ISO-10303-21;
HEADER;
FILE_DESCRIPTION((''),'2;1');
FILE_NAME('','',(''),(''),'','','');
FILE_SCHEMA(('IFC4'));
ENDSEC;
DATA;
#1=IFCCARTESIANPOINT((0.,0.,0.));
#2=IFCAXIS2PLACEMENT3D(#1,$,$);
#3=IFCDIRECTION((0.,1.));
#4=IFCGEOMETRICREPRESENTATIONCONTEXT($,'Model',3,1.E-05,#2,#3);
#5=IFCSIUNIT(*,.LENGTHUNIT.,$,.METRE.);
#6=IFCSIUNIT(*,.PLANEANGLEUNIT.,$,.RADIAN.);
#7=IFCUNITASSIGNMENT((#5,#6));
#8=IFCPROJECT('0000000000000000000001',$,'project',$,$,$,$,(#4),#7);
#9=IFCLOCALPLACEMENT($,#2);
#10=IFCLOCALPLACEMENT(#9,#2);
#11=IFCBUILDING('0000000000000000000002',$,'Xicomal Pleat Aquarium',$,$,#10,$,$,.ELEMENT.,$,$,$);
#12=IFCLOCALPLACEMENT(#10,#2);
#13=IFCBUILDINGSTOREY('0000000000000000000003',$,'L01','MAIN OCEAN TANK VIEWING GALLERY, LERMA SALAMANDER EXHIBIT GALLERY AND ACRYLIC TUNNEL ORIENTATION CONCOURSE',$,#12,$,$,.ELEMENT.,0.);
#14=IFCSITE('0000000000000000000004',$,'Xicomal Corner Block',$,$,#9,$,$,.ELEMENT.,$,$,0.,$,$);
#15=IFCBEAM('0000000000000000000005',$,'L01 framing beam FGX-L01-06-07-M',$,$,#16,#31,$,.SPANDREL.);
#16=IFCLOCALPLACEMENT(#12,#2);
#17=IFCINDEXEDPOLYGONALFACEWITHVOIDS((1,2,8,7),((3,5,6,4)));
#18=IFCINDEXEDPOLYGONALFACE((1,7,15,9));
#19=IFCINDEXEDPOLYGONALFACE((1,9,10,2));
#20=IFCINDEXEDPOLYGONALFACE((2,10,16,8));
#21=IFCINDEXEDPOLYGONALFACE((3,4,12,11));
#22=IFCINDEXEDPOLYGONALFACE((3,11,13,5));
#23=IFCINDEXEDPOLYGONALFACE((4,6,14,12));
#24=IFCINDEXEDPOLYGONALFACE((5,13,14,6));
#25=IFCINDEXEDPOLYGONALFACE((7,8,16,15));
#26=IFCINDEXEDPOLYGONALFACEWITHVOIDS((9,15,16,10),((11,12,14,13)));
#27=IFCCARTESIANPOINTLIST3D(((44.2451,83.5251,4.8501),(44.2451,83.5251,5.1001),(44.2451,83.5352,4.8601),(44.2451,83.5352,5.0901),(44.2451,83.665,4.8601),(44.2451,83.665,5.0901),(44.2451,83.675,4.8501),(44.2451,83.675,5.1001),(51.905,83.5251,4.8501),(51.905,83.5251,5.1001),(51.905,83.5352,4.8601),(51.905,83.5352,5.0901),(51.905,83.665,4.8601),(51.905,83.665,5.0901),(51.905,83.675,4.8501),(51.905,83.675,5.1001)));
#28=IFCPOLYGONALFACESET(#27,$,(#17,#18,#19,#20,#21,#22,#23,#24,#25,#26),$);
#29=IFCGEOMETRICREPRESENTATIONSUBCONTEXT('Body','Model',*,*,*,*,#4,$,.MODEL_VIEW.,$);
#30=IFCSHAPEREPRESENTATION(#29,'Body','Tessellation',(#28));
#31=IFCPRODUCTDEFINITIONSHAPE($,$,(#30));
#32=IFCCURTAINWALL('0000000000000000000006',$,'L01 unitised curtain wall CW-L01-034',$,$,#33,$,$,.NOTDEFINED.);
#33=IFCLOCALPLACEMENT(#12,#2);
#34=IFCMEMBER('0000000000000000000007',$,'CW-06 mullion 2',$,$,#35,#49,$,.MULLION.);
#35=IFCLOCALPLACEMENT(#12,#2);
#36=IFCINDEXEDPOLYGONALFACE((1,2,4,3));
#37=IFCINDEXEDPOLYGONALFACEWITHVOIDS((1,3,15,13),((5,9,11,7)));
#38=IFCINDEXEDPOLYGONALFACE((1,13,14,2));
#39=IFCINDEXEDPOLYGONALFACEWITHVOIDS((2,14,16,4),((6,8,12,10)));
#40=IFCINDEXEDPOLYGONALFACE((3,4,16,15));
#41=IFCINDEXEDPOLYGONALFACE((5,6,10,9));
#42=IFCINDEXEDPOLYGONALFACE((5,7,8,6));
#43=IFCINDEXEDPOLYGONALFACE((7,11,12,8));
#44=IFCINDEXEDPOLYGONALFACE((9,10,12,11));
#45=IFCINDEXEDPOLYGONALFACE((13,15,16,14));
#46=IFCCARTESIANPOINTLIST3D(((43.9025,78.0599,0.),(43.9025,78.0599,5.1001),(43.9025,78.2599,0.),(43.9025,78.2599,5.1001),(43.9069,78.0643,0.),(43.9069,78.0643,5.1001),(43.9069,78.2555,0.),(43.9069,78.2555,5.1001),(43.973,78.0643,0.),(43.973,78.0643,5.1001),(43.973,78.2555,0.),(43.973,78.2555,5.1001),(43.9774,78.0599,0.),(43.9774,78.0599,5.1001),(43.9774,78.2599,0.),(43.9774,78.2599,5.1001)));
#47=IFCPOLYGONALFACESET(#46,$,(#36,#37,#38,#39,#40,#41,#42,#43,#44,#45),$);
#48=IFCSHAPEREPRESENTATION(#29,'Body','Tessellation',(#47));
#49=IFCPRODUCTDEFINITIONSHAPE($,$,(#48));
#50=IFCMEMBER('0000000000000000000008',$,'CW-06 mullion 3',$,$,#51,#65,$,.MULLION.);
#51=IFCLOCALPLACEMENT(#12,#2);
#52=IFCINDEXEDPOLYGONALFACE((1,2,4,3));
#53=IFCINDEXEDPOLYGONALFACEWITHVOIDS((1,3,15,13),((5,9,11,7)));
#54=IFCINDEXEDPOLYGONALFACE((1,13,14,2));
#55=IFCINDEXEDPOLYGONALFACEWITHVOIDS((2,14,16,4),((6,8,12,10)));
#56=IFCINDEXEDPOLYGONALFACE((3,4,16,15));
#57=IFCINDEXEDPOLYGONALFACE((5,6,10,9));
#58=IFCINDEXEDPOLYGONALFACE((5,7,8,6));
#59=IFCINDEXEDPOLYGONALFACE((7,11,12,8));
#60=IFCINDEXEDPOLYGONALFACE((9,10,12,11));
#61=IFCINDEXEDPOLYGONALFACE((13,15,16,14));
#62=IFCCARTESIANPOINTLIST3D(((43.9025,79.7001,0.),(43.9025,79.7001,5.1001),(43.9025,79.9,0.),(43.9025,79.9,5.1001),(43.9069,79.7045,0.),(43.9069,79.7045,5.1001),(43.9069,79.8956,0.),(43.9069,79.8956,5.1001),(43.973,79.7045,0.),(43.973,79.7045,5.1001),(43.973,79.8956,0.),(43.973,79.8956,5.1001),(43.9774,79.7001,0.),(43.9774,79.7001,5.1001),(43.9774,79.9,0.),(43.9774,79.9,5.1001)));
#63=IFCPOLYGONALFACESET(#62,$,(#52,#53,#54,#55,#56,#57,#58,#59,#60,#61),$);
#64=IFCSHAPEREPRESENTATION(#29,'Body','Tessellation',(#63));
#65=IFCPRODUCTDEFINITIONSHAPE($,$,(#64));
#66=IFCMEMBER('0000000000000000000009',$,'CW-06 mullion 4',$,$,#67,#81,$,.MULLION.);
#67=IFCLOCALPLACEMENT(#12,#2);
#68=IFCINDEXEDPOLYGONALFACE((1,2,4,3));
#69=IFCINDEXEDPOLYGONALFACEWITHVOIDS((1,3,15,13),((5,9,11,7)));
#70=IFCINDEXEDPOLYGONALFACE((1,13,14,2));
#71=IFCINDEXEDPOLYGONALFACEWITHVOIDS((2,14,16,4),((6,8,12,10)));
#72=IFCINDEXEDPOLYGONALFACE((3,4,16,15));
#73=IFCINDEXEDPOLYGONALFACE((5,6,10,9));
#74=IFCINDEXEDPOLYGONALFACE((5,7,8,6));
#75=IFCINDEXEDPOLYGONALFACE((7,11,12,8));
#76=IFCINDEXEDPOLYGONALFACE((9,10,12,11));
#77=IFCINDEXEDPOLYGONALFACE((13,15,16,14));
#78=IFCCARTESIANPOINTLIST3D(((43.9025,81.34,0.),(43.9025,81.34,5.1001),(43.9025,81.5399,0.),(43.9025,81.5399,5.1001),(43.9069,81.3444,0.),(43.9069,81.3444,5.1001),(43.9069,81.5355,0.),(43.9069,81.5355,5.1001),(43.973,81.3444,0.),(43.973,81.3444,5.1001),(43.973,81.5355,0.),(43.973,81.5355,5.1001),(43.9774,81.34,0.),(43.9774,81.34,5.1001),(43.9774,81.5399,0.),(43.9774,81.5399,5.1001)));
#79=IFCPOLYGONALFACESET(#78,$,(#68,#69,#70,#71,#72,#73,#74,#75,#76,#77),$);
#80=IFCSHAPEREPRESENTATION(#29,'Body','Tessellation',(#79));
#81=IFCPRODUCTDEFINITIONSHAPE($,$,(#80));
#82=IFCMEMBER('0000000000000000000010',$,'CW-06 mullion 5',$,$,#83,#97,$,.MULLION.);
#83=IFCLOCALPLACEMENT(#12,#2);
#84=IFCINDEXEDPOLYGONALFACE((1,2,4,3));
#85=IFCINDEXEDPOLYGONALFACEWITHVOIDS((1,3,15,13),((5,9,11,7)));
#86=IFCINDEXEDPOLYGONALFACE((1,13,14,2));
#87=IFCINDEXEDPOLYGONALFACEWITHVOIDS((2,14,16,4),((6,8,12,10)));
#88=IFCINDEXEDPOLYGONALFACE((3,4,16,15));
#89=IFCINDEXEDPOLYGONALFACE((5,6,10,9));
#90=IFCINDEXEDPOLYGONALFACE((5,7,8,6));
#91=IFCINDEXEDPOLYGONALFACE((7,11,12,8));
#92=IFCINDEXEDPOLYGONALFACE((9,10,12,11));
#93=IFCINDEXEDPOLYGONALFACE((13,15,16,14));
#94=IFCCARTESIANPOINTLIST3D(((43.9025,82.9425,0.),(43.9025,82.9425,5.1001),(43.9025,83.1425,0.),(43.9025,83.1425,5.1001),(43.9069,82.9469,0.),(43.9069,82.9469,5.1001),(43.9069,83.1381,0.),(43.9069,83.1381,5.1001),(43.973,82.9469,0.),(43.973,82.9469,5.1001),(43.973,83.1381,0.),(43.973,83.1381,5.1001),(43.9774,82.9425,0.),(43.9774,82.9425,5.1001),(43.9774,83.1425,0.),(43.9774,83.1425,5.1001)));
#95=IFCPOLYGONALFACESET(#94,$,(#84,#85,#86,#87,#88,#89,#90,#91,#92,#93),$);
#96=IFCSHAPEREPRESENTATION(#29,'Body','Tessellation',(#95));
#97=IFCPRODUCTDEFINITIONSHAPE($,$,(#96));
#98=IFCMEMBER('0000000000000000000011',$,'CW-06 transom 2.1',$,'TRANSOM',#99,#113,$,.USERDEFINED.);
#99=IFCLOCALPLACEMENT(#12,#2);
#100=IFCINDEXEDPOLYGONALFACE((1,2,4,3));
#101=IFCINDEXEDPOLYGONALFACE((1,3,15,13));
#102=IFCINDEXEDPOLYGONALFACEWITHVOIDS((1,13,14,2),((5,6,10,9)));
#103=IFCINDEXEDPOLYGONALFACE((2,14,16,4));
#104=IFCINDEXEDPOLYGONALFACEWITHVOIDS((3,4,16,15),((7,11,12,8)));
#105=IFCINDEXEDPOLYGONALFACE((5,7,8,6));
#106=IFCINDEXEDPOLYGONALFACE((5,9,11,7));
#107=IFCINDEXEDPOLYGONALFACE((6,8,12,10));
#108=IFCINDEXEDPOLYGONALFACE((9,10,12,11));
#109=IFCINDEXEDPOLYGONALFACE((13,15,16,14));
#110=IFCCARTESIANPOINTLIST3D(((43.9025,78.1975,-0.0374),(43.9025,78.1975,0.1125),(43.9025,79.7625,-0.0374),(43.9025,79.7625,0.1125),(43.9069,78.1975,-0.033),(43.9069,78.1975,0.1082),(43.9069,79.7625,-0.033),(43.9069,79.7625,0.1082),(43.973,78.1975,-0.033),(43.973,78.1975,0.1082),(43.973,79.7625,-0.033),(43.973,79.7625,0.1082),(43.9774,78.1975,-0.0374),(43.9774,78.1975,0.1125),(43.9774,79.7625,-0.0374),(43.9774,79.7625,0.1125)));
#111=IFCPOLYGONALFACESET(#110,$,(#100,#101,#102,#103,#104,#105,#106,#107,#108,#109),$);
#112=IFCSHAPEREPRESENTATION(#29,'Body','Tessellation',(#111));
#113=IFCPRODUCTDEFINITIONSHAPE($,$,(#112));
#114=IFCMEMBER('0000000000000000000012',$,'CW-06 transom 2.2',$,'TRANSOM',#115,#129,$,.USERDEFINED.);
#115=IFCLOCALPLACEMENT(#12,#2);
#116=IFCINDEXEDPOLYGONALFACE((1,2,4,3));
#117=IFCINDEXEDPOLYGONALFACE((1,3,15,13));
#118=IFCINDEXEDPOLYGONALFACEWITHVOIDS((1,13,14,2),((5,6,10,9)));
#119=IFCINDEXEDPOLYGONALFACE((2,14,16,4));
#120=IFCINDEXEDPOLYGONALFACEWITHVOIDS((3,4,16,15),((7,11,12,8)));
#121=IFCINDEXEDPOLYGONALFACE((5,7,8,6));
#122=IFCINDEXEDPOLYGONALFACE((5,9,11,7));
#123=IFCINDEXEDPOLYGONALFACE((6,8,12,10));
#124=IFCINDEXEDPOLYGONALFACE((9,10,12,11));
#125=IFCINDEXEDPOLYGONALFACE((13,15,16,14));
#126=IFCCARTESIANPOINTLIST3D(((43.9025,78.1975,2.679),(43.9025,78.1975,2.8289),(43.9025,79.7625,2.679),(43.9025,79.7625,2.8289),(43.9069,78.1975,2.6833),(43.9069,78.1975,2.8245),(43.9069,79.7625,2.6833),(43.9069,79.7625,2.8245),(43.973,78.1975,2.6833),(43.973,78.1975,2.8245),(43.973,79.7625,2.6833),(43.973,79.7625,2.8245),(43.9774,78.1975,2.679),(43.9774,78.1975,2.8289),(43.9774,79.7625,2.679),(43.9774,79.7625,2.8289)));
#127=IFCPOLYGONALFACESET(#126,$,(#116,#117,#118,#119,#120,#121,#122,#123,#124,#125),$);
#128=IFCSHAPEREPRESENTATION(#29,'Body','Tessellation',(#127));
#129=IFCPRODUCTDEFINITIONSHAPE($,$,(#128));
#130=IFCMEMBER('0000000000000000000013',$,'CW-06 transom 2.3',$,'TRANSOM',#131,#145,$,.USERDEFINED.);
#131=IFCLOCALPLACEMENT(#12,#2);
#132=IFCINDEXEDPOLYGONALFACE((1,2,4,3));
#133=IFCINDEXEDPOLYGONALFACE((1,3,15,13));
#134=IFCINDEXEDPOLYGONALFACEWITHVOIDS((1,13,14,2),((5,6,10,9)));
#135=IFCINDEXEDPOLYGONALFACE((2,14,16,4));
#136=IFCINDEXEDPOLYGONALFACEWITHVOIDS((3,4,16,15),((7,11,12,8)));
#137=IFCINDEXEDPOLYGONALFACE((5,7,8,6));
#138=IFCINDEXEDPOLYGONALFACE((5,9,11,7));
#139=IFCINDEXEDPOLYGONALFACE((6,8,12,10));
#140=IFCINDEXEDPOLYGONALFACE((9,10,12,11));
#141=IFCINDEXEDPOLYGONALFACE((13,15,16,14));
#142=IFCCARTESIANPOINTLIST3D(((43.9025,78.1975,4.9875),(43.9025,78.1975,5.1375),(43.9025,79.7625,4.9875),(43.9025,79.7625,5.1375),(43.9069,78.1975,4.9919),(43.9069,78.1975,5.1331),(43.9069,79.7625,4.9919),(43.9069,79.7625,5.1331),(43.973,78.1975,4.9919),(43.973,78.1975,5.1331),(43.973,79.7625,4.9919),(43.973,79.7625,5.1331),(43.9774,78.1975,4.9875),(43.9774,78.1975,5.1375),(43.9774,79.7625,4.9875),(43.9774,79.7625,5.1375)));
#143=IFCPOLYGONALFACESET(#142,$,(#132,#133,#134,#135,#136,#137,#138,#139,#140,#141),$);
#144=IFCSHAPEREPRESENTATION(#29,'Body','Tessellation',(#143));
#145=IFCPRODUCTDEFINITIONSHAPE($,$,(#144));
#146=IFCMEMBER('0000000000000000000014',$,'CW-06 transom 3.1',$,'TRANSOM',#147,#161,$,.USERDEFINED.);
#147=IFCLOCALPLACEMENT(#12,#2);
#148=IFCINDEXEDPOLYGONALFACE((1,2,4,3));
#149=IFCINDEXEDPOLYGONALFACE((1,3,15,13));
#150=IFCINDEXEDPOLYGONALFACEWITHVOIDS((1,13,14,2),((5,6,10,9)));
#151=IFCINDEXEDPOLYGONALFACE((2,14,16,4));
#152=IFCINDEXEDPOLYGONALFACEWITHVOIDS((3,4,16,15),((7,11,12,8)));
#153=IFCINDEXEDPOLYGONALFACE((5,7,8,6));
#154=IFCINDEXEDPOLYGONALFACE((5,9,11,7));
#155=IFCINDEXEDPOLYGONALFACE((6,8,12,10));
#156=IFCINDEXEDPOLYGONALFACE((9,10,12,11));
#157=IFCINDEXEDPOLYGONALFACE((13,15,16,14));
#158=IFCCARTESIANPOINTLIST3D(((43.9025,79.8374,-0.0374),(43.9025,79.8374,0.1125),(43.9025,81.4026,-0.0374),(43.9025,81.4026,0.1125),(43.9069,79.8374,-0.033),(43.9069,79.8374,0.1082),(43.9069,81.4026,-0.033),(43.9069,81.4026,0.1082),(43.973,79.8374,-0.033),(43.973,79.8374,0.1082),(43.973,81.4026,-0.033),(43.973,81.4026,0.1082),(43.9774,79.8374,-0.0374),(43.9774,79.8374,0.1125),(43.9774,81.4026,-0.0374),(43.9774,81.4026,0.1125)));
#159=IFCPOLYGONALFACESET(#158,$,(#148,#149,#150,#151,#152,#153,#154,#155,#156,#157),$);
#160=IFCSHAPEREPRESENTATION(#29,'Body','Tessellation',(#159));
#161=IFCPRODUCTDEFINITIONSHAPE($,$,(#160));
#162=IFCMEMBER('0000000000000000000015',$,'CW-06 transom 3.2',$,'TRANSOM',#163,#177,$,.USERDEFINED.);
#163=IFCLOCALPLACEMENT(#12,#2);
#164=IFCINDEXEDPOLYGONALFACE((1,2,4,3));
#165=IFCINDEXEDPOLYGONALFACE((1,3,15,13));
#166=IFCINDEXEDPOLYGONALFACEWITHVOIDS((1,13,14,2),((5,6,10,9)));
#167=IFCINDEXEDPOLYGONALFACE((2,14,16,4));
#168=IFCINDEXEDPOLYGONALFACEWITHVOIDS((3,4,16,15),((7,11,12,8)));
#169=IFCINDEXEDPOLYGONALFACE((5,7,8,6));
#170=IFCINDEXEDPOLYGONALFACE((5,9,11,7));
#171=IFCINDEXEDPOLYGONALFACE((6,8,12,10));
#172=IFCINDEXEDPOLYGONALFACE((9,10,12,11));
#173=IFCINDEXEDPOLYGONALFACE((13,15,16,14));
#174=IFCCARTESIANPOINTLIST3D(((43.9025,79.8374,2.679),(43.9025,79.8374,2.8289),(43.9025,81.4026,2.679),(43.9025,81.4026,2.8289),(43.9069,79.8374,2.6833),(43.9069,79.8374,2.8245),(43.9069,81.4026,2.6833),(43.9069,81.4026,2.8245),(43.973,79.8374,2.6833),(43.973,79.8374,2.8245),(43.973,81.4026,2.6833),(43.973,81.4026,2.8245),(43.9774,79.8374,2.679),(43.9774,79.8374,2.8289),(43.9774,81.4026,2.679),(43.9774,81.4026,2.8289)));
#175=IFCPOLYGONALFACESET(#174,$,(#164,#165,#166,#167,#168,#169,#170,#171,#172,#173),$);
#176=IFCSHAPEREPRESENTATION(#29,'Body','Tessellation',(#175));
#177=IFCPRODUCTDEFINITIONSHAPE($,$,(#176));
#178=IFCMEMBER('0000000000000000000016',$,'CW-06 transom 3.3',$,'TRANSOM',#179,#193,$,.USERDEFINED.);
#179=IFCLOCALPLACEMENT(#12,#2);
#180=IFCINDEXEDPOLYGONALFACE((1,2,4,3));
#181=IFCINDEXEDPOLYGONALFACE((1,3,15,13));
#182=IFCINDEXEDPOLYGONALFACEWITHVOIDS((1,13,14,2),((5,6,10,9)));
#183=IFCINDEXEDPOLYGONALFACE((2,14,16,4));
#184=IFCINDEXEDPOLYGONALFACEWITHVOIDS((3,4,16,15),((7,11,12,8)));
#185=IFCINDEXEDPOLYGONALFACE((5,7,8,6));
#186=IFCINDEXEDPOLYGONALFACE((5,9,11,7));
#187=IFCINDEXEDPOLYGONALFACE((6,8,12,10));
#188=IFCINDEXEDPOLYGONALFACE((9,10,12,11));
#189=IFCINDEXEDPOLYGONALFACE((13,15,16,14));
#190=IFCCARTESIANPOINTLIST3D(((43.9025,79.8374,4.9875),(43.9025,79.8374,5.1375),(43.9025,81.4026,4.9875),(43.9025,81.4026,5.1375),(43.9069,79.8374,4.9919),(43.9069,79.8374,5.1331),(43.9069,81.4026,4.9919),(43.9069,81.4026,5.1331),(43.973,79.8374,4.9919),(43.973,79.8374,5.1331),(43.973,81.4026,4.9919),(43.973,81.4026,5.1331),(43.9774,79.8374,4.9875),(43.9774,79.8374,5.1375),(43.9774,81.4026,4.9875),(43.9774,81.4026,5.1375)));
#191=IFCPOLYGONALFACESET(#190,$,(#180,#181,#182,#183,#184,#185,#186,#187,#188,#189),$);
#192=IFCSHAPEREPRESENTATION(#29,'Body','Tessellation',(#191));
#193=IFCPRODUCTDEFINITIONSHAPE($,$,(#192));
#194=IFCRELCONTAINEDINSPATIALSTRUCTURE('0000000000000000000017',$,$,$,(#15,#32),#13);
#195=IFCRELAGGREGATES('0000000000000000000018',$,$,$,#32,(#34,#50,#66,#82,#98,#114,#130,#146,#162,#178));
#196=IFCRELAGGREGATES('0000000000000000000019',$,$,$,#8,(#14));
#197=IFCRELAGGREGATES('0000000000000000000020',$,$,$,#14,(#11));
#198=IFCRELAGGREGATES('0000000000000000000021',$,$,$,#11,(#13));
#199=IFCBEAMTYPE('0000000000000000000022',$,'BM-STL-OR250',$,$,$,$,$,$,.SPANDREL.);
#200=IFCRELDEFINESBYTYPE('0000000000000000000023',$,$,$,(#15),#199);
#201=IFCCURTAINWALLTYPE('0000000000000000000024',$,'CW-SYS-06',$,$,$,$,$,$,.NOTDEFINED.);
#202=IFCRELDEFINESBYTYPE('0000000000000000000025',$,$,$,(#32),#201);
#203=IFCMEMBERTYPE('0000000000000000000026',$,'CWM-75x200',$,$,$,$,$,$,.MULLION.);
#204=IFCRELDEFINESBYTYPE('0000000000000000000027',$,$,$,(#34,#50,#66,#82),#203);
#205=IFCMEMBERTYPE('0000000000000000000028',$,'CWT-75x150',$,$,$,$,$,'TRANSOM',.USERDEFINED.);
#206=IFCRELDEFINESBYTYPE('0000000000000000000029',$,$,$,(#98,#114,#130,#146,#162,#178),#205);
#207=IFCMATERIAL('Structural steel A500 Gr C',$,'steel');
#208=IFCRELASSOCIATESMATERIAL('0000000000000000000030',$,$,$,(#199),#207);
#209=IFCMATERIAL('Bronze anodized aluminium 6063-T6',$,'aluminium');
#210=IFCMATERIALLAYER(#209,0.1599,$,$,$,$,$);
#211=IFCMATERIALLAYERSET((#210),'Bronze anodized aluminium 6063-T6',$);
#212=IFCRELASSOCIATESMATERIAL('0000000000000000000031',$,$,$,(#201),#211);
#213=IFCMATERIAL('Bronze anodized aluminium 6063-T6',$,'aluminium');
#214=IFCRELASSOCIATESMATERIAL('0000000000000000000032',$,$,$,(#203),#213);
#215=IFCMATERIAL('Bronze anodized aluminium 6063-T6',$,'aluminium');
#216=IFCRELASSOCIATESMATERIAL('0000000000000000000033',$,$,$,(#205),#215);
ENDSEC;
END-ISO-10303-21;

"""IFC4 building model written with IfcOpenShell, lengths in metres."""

from ifc_helpers import new_model, si_unit, direction, frame, origin, origin_2d, place, context, subcontext, project, spatial, hollow_rectangle, extrude, material, layer, layer_set, material_profile, profile_set, type_object, element, aggregate, save


model = new_model("IFC4")

# Units and contexts
model_context = context("Model", 3, precision=1e-05, world=origin(), true_north=direction((0.0, 1.0)))
body_context = subcontext(model_context, "Body", "Model", "MODEL_VIEW")
ifc_project = project(units=[si_unit("LENGTHUNIT", "METRE"), si_unit("PLANEANGLEUNIT", "RADIAN")], contexts=[model_context])

# Site, building, storey
site_placement = place(None, origin())
site = spatial("IfcSite", under=ifc_project, at=site_placement, Name="Xicomal Corner Block", CompositionType="ELEMENT", RefElevation=0.0)
building_placement = place(site_placement, origin())
building = spatial("IfcBuilding", under=site, at=building_placement, Name="Xicomal Pleat Aquarium", CompositionType="ELEMENT")
storey_placement = place(building_placement, origin())
storey = spatial("IfcBuildingStorey", under=building, at=storey_placement, Name="L01", Description="MAIN OCEAN TANK VIEWING GALLERY, LERMA SALAMANDER EXHIBIT GALLERY AND ACRYLIC TUNNEL ORIENTATION CONCOURSE", CompositionType="ELEMENT", Elevation=0.0)

# Beam
ifc_material_1 = material(Name="Structural steel A500 Gr C", Category="steel")
ifc_material_profile_1 = material_profile(ifc_material_1, hollow_rectangle(XDim=0.1499, YDim=0.25, WallThickness=0.01, at=origin_2d()), Name="OR 250x150x10")
ifc_profile_set_1 = profile_set([ifc_material_profile_1], Name="Structural steel A500 Gr C")
beam_type = type_object("IfcBeamType", Name="BM-STL-OR250", PredefinedType="SPANDREL", material=ifc_profile_set_1)
beam_placement = place(storey_placement, frame((44.2451, 83.6001, 4.9751), z_axis=(1.0, 0.0, 0.0), x_axis=(0.0, 1.0, 0.0)))
element("IfcBeam", 1, at=beam_placement, inside=storey, type_object=beam_type, Name="L01 framing beam FGX-L01-06-07-M", PredefinedType="SPANDREL", context=body_context, shape_type="SweptSolid", body=[
    extrude(hollow_rectangle(XDim=0.1499, YDim=0.25, WallThickness=0.01, at=origin_2d()), origin(), (0.0, 0.0, 1.0), 7.6599),
])

# Curtain wall, members
ifc_material_2 = material(Name="Bronze anodized aluminium 6063-T6", Category="aluminium")
ifc_layer_1 = layer(ifc_material_2, 0.1599)
ifc_layer_set_1 = layer_set([ifc_layer_1], Name="Bronze anodized aluminium 6063-T6")
curtain_wall_type = type_object("IfcCurtainWallType", Name="CW-SYS-06", PredefinedType="NOTDEFINED", material=ifc_layer_set_1)
curtain_wall_placement = place(storey_placement, origin())
curtain_wall = element("IfcCurtainWall", 2, at=curtain_wall_placement, inside=storey, type_object=curtain_wall_type, Name="L01 unitised curtain wall CW-L01-034", PredefinedType="NOTDEFINED")
ifc_material_3 = material(Name="Bronze anodized aluminium 6063-T6", Category="aluminium")
ifc_material_profile_2 = material_profile(ifc_material_3, hollow_rectangle(XDim=0.075, YDim=0.2, WallThickness=0.0044, at=origin_2d()), Name="ALU MULL 75x200")
ifc_profile_set_2 = profile_set([ifc_material_profile_2], Name="Bronze anodized aluminium 6063-T6")
member_type_1 = type_object("IfcMemberType", Name="CWM-75x200", PredefinedType="MULLION", material=ifc_profile_set_2)
member_1_placement = place(storey_placement, frame((43.9399, 78.1599, 0.0), z_axis=(0.0, 0.0, 1.0), x_axis=(-1.0, 0.0, 0.0)))
member_1 = element("IfcMember", 3, at=member_1_placement, type_object=member_type_1, Name="CW-06 mullion 2", PredefinedType="MULLION", context=body_context, shape_type="SweptSolid", body=[
    extrude(hollow_rectangle(XDim=0.075, YDim=0.2, WallThickness=0.0044, at=origin_2d()), origin(), (0.0, 0.0, 1.0), 5.1001),
])
member_2_placement = place(storey_placement, frame((43.9399, 79.8, 0.0), z_axis=(0.0, 0.0, 1.0), x_axis=(-1.0, 0.0, 0.0)))
member_2 = element("IfcMember", 4, at=member_2_placement, type_object=member_type_1, Name="CW-06 mullion 3", PredefinedType="MULLION", context=body_context, shape_type="SweptSolid", body=[
    extrude(hollow_rectangle(XDim=0.075, YDim=0.2, WallThickness=0.0044, at=origin_2d()), origin(), (0.0, 0.0, 1.0), 5.1001),
])
member_3_placement = place(storey_placement, frame((43.9399, 81.4399, 0.0), z_axis=(0.0, 0.0, 1.0), x_axis=(-1.0, 0.0, 0.0)))
member_3 = element("IfcMember", 5, at=member_3_placement, type_object=member_type_1, Name="CW-06 mullion 4", PredefinedType="MULLION", context=body_context, shape_type="SweptSolid", body=[
    extrude(hollow_rectangle(XDim=0.075, YDim=0.2, WallThickness=0.0044, at=origin_2d()), origin(), (0.0, 0.0, 1.0), 5.1001),
])
member_4_placement = place(storey_placement, frame((43.9399, 83.0425, 0.0), z_axis=(0.0, 0.0, 1.0), x_axis=(-1.0, 0.0, 0.0)))
member_4 = element("IfcMember", 6, at=member_4_placement, type_object=member_type_1, Name="CW-06 mullion 5", PredefinedType="MULLION", context=body_context, shape_type="SweptSolid", body=[
    extrude(hollow_rectangle(XDim=0.075, YDim=0.2, WallThickness=0.0044, at=origin_2d()), origin(), (0.0, 0.0, 1.0), 5.1001),
])
ifc_material_4 = material(Name="Bronze anodized aluminium 6063-T6", Category="aluminium")
ifc_material_profile_3 = material_profile(ifc_material_4, hollow_rectangle(XDim=0.075, YDim=0.1499, WallThickness=0.0044, at=origin_2d()), Name="ALU TRAN 75x150")
ifc_profile_set_3 = profile_set([ifc_material_profile_3], Name="Bronze anodized aluminium 6063-T6")
member_type_2 = type_object("IfcMemberType", Name="CWT-75x150", ElementType="TRANSOM", PredefinedType="USERDEFINED", material=ifc_profile_set_3)
member_5_placement = place(storey_placement, frame((43.9399, 78.1975, 0.0376), z_axis=(0.0, 1.0, 0.0), x_axis=(-1.0, 0.0, 0.0)))
member_5 = element("IfcMember", 7, at=member_5_placement, type_object=member_type_2, Name="CW-06 transom 2.1", ObjectType="TRANSOM", PredefinedType="USERDEFINED", context=body_context, shape_type="SweptSolid", body=[
    extrude(hollow_rectangle(XDim=0.075, YDim=0.1499, WallThickness=0.0044, at=origin_2d()), origin(), (0.0, 0.0, 1.0), 1.5649),
])
member_6_placement = place(storey_placement, frame((43.9399, 78.1975, 2.7539), z_axis=(0.0, 1.0, 0.0), x_axis=(-1.0, 0.0, 0.0)))
member_6 = element("IfcMember", 8, at=member_6_placement, type_object=member_type_2, Name="CW-06 transom 2.2", ObjectType="TRANSOM", PredefinedType="USERDEFINED", context=body_context, shape_type="SweptSolid", body=[
    extrude(hollow_rectangle(XDim=0.075, YDim=0.1499, WallThickness=0.0044, at=origin_2d()), origin(), (0.0, 0.0, 1.0), 1.5649),
])
member_7_placement = place(storey_placement, frame((43.9399, 78.1975, 5.0625), z_axis=(0.0, 1.0, 0.0), x_axis=(-1.0, 0.0, 0.0)))
member_7 = element("IfcMember", 9, at=member_7_placement, type_object=member_type_2, Name="CW-06 transom 2.3", ObjectType="TRANSOM", PredefinedType="USERDEFINED", context=body_context, shape_type="SweptSolid", body=[
    extrude(hollow_rectangle(XDim=0.075, YDim=0.1499, WallThickness=0.0044, at=origin_2d()), origin(), (0.0, 0.0, 1.0), 1.5649),
])
member_8_placement = place(storey_placement, frame((43.9399, 79.8374, 0.0376), z_axis=(0.0, 1.0, 0.0), x_axis=(-1.0, 0.0, 0.0)))
member_8 = element("IfcMember", 10, at=member_8_placement, type_object=member_type_2, Name="CW-06 transom 3.1", ObjectType="TRANSOM", PredefinedType="USERDEFINED", context=body_context, shape_type="SweptSolid", body=[
    extrude(hollow_rectangle(XDim=0.075, YDim=0.1499, WallThickness=0.0044, at=origin_2d()), origin(), (0.0, 0.0, 1.0), 1.5652),
])
member_9_placement = place(storey_placement, frame((43.9399, 79.8374, 2.7539), z_axis=(0.0, 1.0, 0.0), x_axis=(-1.0, 0.0, 0.0)))
member_9 = element("IfcMember", 11, at=member_9_placement, type_object=member_type_2, Name="CW-06 transom 3.2", ObjectType="TRANSOM", PredefinedType="USERDEFINED", context=body_context, shape_type="SweptSolid", body=[
    extrude(hollow_rectangle(XDim=0.075, YDim=0.1499, WallThickness=0.0044, at=origin_2d()), origin(), (0.0, 0.0, 1.0), 1.5652),
])
member_10_placement = place(storey_placement, frame((43.9399, 79.8374, 5.0625), z_axis=(0.0, 1.0, 0.0), x_axis=(-1.0, 0.0, 0.0)))
member_10 = element("IfcMember", 12, at=member_10_placement, type_object=member_type_2, Name="CW-06 transom 3.3", ObjectType="TRANSOM", PredefinedType="USERDEFINED", context=body_context, shape_type="SweptSolid", body=[
    extrude(hollow_rectangle(XDim=0.075, YDim=0.1499, WallThickness=0.0044, at=origin_2d()), origin(), (0.0, 0.0, 1.0), 1.5652),
])
aggregate(curtain_wall, [member_1, member_2, member_3, member_4, member_5, member_6, member_7, member_8, member_9, member_10])

save(model, "model.ifc")
